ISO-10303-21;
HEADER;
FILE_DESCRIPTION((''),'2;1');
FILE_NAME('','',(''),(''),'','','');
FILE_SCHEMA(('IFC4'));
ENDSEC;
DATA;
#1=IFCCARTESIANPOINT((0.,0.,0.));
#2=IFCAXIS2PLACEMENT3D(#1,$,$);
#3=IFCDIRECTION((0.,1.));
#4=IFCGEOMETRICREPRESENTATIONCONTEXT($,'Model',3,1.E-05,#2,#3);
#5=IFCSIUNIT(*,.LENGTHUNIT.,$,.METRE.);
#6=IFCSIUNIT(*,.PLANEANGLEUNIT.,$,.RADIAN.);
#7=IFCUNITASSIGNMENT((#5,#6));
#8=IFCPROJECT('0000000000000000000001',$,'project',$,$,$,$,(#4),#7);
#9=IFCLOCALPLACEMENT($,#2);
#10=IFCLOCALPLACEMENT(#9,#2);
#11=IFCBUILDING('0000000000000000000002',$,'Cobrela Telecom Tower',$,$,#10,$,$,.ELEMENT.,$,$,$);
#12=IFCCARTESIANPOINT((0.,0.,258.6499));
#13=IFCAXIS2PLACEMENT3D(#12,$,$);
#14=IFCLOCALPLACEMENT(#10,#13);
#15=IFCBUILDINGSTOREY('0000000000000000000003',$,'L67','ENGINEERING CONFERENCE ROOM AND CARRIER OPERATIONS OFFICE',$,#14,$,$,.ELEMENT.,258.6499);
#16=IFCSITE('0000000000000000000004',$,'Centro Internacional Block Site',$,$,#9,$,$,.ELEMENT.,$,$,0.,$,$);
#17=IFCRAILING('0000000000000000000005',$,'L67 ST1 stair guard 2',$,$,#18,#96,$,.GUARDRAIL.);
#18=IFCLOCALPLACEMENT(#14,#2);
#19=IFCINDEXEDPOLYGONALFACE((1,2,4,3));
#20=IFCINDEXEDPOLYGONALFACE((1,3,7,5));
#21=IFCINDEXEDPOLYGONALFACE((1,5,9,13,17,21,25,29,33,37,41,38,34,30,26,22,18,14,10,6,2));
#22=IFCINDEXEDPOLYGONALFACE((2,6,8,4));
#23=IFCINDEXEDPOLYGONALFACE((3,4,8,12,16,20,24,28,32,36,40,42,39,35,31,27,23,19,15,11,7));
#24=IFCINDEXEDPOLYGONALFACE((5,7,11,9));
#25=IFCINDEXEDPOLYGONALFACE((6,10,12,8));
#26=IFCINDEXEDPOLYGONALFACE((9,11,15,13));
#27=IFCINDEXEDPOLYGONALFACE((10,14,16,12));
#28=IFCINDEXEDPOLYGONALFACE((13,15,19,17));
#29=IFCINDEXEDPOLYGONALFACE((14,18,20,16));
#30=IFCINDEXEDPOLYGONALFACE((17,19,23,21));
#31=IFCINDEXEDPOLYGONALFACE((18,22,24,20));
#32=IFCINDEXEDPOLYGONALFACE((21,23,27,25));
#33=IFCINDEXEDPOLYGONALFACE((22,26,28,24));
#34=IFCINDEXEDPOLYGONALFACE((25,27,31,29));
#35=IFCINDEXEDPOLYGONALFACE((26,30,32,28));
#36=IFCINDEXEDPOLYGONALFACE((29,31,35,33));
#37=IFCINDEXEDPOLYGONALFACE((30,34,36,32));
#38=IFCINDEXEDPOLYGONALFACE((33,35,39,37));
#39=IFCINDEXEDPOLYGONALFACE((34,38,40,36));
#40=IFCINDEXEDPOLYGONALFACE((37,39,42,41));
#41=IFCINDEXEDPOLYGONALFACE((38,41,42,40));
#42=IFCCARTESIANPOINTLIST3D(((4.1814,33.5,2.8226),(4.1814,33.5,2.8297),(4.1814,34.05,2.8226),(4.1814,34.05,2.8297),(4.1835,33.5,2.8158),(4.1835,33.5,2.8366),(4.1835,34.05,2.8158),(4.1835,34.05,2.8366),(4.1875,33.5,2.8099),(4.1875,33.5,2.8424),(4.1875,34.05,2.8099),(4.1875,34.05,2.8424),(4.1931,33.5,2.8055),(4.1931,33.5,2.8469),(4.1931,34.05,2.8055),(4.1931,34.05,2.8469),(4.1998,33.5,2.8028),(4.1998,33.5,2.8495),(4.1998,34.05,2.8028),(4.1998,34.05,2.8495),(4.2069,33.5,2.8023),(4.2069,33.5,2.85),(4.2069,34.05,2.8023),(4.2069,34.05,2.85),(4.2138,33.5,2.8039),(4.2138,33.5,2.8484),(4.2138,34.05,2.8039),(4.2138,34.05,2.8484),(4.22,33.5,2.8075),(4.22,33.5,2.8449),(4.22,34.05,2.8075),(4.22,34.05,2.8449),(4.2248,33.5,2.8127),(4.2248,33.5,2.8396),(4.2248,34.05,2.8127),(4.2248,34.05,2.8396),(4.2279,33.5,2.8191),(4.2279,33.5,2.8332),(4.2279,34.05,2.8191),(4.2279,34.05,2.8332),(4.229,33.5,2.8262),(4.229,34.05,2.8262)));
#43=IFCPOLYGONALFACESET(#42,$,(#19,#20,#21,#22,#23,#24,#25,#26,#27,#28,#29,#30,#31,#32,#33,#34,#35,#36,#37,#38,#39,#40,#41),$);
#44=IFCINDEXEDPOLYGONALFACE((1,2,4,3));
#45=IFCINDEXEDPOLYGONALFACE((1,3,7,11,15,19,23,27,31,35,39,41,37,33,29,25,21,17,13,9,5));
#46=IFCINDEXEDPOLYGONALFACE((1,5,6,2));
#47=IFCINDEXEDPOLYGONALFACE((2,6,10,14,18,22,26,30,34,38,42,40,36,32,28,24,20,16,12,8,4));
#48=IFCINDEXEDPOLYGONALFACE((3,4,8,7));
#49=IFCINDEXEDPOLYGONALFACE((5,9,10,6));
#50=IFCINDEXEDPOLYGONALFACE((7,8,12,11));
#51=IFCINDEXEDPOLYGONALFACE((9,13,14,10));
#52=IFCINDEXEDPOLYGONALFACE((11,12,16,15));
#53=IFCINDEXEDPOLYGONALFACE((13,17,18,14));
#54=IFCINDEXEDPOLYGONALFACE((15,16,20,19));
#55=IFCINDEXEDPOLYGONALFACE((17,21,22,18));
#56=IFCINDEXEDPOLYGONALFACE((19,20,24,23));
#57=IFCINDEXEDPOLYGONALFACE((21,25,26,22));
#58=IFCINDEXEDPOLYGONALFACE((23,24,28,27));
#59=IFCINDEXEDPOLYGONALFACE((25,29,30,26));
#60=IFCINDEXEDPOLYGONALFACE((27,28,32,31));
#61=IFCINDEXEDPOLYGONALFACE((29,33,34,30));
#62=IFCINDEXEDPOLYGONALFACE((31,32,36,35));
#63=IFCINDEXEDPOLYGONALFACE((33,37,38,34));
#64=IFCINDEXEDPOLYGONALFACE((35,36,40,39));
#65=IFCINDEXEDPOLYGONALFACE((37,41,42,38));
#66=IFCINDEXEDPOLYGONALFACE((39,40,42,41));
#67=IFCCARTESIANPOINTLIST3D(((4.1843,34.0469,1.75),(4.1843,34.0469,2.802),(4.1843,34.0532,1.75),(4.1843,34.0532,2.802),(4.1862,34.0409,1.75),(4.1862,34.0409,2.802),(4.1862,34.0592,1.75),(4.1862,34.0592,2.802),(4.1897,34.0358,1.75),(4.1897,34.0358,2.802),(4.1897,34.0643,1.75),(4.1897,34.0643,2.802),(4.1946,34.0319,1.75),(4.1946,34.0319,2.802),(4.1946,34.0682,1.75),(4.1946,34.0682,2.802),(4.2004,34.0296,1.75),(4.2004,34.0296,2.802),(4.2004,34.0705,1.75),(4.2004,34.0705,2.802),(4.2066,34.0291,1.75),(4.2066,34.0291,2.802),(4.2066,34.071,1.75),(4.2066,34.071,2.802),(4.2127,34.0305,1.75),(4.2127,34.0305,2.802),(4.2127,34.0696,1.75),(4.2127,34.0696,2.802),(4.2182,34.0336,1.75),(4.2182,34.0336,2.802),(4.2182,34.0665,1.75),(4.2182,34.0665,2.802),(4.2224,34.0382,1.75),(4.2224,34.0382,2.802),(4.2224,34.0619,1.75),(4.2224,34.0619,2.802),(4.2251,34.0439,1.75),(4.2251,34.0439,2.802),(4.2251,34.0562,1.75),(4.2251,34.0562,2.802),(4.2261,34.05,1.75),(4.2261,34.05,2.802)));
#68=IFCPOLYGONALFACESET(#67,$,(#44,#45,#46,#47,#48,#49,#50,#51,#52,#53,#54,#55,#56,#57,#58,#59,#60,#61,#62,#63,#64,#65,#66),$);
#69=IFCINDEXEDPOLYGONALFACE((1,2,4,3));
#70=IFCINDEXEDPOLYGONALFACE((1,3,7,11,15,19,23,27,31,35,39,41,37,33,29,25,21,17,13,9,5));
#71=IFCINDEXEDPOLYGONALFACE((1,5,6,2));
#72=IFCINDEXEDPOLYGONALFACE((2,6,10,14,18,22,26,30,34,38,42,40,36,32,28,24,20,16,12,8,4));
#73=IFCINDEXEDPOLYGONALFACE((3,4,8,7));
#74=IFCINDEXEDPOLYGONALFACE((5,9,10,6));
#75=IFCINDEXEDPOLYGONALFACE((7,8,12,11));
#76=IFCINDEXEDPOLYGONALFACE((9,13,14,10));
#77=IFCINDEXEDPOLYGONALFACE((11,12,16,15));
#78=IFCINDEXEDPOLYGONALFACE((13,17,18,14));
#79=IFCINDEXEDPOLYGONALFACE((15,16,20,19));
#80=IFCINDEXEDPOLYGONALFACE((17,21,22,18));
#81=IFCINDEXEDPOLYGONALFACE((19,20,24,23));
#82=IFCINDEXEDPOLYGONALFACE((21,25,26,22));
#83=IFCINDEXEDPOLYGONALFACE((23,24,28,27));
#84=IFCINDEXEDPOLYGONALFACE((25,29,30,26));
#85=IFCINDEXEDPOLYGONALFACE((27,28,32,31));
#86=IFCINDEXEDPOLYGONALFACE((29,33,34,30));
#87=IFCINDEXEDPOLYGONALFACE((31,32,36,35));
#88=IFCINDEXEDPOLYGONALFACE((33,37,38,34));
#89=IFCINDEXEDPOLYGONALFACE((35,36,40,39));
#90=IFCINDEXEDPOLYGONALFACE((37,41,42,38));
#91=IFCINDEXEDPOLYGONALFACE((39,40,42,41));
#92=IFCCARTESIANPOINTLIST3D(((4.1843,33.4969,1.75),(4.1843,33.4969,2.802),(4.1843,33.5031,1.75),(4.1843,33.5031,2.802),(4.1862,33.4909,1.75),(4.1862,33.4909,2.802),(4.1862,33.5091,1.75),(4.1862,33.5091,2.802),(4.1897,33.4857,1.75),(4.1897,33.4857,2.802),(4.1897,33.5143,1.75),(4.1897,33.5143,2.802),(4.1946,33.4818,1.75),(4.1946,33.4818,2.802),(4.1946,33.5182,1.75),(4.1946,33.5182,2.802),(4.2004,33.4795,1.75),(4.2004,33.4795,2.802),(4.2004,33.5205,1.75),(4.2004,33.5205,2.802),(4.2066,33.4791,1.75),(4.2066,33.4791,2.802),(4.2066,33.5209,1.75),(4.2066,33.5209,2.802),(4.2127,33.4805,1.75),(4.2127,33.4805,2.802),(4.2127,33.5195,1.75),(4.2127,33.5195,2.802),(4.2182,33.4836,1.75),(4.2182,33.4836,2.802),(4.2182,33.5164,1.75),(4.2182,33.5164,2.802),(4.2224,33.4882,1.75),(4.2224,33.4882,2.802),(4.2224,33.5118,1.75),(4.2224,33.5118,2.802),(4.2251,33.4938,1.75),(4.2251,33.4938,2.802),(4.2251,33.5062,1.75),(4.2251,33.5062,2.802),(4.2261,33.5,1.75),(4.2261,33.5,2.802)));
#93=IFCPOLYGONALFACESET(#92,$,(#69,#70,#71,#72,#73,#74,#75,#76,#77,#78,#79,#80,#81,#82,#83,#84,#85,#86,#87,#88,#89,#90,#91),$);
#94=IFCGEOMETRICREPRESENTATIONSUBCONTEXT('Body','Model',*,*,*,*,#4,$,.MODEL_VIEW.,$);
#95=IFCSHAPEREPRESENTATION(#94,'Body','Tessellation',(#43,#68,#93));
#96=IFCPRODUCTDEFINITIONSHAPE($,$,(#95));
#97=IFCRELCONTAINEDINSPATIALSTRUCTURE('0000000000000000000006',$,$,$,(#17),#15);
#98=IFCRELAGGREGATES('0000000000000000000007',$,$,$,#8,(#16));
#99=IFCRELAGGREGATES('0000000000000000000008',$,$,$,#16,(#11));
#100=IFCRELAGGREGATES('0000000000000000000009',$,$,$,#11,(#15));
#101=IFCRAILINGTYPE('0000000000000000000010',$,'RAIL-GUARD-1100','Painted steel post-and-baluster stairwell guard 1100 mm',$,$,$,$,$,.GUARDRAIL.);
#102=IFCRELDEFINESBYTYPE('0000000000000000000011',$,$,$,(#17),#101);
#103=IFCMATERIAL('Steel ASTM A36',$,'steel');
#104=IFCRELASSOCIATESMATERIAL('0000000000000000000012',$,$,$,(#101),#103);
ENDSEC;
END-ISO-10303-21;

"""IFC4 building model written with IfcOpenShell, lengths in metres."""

from ifc_helpers import new_model, si_unit, direction, frame, origin, origin_2d, place, context, subcontext, project, spatial, circle, extrude, material, type_object, element, save


model = new_model("IFC4")

# Units and contexts
model_context = context("Model", 3, precision=1e-05, world=origin(), true_north=direction((0.0, 1.0)))
body_context = subcontext(model_context, "Body", "Model", "MODEL_VIEW")
ifc_project = project(units=[si_unit("LENGTHUNIT", "METRE"), si_unit("PLANEANGLEUNIT", "RADIAN")], contexts=[model_context])

# Site, building, storey
site_placement = place(None, origin())
site = spatial("IfcSite", under=ifc_project, at=site_placement, Name="Centro Internacional Block Site", CompositionType="ELEMENT", RefElevation=0.0)
building_placement = place(site_placement, origin())
building = spatial("IfcBuilding", under=site, at=building_placement, Name="Cobrela Telecom Tower", CompositionType="ELEMENT")
storey_placement = place(building_placement, frame((0.0, 0.0, 258.6499)))
storey = spatial("IfcBuildingStorey", under=building, at=storey_placement, Name="L67", Description="ENGINEERING CONFERENCE ROOM AND CARRIER OPERATIONS OFFICE", CompositionType="ELEMENT", Elevation=258.6499)

# Shared definitions
ifc_material_1 = material(Name="Steel ASTM A36", Category="steel")

# Railing
railing_type_1 = type_object("IfcRailingType", Name="RAIL-GUARD-1100", Description="Painted steel post-and-baluster stairwell guard 1100 mm", PredefinedType="GUARDRAIL", material=ifc_material_1)
railing_1_placement = place(storey_placement, frame((4.2051, 34.05, 1.75)))
element("IfcRailing", 1, at=railing_1_placement, inside=storey, type_object=railing_type_1, Name="L67 ST1 stair guard 2", PredefinedType="GUARDRAIL", context=body_context, shape_type="SweptSolid", body=[
    extrude(circle(Radius=0.0239, at=origin_2d()), frame((0.0, 0.0, 1.0762), z_axis=(0.0, -1.0, 0.0), x_axis=(1.0, 0.0, 0.0)), (0.0, 0.0, 1.0), 0.55),
    extrude(circle(Radius=0.021, at=origin_2d()), origin(), (0.0, 0.0, 1.0), 1.052),
    extrude(circle(Radius=0.021, at=origin_2d()), frame((0.0, -0.55, 0.0)), (0.0, 0.0, 1.0), 1.052),
])

save(model, "model.ifc")
